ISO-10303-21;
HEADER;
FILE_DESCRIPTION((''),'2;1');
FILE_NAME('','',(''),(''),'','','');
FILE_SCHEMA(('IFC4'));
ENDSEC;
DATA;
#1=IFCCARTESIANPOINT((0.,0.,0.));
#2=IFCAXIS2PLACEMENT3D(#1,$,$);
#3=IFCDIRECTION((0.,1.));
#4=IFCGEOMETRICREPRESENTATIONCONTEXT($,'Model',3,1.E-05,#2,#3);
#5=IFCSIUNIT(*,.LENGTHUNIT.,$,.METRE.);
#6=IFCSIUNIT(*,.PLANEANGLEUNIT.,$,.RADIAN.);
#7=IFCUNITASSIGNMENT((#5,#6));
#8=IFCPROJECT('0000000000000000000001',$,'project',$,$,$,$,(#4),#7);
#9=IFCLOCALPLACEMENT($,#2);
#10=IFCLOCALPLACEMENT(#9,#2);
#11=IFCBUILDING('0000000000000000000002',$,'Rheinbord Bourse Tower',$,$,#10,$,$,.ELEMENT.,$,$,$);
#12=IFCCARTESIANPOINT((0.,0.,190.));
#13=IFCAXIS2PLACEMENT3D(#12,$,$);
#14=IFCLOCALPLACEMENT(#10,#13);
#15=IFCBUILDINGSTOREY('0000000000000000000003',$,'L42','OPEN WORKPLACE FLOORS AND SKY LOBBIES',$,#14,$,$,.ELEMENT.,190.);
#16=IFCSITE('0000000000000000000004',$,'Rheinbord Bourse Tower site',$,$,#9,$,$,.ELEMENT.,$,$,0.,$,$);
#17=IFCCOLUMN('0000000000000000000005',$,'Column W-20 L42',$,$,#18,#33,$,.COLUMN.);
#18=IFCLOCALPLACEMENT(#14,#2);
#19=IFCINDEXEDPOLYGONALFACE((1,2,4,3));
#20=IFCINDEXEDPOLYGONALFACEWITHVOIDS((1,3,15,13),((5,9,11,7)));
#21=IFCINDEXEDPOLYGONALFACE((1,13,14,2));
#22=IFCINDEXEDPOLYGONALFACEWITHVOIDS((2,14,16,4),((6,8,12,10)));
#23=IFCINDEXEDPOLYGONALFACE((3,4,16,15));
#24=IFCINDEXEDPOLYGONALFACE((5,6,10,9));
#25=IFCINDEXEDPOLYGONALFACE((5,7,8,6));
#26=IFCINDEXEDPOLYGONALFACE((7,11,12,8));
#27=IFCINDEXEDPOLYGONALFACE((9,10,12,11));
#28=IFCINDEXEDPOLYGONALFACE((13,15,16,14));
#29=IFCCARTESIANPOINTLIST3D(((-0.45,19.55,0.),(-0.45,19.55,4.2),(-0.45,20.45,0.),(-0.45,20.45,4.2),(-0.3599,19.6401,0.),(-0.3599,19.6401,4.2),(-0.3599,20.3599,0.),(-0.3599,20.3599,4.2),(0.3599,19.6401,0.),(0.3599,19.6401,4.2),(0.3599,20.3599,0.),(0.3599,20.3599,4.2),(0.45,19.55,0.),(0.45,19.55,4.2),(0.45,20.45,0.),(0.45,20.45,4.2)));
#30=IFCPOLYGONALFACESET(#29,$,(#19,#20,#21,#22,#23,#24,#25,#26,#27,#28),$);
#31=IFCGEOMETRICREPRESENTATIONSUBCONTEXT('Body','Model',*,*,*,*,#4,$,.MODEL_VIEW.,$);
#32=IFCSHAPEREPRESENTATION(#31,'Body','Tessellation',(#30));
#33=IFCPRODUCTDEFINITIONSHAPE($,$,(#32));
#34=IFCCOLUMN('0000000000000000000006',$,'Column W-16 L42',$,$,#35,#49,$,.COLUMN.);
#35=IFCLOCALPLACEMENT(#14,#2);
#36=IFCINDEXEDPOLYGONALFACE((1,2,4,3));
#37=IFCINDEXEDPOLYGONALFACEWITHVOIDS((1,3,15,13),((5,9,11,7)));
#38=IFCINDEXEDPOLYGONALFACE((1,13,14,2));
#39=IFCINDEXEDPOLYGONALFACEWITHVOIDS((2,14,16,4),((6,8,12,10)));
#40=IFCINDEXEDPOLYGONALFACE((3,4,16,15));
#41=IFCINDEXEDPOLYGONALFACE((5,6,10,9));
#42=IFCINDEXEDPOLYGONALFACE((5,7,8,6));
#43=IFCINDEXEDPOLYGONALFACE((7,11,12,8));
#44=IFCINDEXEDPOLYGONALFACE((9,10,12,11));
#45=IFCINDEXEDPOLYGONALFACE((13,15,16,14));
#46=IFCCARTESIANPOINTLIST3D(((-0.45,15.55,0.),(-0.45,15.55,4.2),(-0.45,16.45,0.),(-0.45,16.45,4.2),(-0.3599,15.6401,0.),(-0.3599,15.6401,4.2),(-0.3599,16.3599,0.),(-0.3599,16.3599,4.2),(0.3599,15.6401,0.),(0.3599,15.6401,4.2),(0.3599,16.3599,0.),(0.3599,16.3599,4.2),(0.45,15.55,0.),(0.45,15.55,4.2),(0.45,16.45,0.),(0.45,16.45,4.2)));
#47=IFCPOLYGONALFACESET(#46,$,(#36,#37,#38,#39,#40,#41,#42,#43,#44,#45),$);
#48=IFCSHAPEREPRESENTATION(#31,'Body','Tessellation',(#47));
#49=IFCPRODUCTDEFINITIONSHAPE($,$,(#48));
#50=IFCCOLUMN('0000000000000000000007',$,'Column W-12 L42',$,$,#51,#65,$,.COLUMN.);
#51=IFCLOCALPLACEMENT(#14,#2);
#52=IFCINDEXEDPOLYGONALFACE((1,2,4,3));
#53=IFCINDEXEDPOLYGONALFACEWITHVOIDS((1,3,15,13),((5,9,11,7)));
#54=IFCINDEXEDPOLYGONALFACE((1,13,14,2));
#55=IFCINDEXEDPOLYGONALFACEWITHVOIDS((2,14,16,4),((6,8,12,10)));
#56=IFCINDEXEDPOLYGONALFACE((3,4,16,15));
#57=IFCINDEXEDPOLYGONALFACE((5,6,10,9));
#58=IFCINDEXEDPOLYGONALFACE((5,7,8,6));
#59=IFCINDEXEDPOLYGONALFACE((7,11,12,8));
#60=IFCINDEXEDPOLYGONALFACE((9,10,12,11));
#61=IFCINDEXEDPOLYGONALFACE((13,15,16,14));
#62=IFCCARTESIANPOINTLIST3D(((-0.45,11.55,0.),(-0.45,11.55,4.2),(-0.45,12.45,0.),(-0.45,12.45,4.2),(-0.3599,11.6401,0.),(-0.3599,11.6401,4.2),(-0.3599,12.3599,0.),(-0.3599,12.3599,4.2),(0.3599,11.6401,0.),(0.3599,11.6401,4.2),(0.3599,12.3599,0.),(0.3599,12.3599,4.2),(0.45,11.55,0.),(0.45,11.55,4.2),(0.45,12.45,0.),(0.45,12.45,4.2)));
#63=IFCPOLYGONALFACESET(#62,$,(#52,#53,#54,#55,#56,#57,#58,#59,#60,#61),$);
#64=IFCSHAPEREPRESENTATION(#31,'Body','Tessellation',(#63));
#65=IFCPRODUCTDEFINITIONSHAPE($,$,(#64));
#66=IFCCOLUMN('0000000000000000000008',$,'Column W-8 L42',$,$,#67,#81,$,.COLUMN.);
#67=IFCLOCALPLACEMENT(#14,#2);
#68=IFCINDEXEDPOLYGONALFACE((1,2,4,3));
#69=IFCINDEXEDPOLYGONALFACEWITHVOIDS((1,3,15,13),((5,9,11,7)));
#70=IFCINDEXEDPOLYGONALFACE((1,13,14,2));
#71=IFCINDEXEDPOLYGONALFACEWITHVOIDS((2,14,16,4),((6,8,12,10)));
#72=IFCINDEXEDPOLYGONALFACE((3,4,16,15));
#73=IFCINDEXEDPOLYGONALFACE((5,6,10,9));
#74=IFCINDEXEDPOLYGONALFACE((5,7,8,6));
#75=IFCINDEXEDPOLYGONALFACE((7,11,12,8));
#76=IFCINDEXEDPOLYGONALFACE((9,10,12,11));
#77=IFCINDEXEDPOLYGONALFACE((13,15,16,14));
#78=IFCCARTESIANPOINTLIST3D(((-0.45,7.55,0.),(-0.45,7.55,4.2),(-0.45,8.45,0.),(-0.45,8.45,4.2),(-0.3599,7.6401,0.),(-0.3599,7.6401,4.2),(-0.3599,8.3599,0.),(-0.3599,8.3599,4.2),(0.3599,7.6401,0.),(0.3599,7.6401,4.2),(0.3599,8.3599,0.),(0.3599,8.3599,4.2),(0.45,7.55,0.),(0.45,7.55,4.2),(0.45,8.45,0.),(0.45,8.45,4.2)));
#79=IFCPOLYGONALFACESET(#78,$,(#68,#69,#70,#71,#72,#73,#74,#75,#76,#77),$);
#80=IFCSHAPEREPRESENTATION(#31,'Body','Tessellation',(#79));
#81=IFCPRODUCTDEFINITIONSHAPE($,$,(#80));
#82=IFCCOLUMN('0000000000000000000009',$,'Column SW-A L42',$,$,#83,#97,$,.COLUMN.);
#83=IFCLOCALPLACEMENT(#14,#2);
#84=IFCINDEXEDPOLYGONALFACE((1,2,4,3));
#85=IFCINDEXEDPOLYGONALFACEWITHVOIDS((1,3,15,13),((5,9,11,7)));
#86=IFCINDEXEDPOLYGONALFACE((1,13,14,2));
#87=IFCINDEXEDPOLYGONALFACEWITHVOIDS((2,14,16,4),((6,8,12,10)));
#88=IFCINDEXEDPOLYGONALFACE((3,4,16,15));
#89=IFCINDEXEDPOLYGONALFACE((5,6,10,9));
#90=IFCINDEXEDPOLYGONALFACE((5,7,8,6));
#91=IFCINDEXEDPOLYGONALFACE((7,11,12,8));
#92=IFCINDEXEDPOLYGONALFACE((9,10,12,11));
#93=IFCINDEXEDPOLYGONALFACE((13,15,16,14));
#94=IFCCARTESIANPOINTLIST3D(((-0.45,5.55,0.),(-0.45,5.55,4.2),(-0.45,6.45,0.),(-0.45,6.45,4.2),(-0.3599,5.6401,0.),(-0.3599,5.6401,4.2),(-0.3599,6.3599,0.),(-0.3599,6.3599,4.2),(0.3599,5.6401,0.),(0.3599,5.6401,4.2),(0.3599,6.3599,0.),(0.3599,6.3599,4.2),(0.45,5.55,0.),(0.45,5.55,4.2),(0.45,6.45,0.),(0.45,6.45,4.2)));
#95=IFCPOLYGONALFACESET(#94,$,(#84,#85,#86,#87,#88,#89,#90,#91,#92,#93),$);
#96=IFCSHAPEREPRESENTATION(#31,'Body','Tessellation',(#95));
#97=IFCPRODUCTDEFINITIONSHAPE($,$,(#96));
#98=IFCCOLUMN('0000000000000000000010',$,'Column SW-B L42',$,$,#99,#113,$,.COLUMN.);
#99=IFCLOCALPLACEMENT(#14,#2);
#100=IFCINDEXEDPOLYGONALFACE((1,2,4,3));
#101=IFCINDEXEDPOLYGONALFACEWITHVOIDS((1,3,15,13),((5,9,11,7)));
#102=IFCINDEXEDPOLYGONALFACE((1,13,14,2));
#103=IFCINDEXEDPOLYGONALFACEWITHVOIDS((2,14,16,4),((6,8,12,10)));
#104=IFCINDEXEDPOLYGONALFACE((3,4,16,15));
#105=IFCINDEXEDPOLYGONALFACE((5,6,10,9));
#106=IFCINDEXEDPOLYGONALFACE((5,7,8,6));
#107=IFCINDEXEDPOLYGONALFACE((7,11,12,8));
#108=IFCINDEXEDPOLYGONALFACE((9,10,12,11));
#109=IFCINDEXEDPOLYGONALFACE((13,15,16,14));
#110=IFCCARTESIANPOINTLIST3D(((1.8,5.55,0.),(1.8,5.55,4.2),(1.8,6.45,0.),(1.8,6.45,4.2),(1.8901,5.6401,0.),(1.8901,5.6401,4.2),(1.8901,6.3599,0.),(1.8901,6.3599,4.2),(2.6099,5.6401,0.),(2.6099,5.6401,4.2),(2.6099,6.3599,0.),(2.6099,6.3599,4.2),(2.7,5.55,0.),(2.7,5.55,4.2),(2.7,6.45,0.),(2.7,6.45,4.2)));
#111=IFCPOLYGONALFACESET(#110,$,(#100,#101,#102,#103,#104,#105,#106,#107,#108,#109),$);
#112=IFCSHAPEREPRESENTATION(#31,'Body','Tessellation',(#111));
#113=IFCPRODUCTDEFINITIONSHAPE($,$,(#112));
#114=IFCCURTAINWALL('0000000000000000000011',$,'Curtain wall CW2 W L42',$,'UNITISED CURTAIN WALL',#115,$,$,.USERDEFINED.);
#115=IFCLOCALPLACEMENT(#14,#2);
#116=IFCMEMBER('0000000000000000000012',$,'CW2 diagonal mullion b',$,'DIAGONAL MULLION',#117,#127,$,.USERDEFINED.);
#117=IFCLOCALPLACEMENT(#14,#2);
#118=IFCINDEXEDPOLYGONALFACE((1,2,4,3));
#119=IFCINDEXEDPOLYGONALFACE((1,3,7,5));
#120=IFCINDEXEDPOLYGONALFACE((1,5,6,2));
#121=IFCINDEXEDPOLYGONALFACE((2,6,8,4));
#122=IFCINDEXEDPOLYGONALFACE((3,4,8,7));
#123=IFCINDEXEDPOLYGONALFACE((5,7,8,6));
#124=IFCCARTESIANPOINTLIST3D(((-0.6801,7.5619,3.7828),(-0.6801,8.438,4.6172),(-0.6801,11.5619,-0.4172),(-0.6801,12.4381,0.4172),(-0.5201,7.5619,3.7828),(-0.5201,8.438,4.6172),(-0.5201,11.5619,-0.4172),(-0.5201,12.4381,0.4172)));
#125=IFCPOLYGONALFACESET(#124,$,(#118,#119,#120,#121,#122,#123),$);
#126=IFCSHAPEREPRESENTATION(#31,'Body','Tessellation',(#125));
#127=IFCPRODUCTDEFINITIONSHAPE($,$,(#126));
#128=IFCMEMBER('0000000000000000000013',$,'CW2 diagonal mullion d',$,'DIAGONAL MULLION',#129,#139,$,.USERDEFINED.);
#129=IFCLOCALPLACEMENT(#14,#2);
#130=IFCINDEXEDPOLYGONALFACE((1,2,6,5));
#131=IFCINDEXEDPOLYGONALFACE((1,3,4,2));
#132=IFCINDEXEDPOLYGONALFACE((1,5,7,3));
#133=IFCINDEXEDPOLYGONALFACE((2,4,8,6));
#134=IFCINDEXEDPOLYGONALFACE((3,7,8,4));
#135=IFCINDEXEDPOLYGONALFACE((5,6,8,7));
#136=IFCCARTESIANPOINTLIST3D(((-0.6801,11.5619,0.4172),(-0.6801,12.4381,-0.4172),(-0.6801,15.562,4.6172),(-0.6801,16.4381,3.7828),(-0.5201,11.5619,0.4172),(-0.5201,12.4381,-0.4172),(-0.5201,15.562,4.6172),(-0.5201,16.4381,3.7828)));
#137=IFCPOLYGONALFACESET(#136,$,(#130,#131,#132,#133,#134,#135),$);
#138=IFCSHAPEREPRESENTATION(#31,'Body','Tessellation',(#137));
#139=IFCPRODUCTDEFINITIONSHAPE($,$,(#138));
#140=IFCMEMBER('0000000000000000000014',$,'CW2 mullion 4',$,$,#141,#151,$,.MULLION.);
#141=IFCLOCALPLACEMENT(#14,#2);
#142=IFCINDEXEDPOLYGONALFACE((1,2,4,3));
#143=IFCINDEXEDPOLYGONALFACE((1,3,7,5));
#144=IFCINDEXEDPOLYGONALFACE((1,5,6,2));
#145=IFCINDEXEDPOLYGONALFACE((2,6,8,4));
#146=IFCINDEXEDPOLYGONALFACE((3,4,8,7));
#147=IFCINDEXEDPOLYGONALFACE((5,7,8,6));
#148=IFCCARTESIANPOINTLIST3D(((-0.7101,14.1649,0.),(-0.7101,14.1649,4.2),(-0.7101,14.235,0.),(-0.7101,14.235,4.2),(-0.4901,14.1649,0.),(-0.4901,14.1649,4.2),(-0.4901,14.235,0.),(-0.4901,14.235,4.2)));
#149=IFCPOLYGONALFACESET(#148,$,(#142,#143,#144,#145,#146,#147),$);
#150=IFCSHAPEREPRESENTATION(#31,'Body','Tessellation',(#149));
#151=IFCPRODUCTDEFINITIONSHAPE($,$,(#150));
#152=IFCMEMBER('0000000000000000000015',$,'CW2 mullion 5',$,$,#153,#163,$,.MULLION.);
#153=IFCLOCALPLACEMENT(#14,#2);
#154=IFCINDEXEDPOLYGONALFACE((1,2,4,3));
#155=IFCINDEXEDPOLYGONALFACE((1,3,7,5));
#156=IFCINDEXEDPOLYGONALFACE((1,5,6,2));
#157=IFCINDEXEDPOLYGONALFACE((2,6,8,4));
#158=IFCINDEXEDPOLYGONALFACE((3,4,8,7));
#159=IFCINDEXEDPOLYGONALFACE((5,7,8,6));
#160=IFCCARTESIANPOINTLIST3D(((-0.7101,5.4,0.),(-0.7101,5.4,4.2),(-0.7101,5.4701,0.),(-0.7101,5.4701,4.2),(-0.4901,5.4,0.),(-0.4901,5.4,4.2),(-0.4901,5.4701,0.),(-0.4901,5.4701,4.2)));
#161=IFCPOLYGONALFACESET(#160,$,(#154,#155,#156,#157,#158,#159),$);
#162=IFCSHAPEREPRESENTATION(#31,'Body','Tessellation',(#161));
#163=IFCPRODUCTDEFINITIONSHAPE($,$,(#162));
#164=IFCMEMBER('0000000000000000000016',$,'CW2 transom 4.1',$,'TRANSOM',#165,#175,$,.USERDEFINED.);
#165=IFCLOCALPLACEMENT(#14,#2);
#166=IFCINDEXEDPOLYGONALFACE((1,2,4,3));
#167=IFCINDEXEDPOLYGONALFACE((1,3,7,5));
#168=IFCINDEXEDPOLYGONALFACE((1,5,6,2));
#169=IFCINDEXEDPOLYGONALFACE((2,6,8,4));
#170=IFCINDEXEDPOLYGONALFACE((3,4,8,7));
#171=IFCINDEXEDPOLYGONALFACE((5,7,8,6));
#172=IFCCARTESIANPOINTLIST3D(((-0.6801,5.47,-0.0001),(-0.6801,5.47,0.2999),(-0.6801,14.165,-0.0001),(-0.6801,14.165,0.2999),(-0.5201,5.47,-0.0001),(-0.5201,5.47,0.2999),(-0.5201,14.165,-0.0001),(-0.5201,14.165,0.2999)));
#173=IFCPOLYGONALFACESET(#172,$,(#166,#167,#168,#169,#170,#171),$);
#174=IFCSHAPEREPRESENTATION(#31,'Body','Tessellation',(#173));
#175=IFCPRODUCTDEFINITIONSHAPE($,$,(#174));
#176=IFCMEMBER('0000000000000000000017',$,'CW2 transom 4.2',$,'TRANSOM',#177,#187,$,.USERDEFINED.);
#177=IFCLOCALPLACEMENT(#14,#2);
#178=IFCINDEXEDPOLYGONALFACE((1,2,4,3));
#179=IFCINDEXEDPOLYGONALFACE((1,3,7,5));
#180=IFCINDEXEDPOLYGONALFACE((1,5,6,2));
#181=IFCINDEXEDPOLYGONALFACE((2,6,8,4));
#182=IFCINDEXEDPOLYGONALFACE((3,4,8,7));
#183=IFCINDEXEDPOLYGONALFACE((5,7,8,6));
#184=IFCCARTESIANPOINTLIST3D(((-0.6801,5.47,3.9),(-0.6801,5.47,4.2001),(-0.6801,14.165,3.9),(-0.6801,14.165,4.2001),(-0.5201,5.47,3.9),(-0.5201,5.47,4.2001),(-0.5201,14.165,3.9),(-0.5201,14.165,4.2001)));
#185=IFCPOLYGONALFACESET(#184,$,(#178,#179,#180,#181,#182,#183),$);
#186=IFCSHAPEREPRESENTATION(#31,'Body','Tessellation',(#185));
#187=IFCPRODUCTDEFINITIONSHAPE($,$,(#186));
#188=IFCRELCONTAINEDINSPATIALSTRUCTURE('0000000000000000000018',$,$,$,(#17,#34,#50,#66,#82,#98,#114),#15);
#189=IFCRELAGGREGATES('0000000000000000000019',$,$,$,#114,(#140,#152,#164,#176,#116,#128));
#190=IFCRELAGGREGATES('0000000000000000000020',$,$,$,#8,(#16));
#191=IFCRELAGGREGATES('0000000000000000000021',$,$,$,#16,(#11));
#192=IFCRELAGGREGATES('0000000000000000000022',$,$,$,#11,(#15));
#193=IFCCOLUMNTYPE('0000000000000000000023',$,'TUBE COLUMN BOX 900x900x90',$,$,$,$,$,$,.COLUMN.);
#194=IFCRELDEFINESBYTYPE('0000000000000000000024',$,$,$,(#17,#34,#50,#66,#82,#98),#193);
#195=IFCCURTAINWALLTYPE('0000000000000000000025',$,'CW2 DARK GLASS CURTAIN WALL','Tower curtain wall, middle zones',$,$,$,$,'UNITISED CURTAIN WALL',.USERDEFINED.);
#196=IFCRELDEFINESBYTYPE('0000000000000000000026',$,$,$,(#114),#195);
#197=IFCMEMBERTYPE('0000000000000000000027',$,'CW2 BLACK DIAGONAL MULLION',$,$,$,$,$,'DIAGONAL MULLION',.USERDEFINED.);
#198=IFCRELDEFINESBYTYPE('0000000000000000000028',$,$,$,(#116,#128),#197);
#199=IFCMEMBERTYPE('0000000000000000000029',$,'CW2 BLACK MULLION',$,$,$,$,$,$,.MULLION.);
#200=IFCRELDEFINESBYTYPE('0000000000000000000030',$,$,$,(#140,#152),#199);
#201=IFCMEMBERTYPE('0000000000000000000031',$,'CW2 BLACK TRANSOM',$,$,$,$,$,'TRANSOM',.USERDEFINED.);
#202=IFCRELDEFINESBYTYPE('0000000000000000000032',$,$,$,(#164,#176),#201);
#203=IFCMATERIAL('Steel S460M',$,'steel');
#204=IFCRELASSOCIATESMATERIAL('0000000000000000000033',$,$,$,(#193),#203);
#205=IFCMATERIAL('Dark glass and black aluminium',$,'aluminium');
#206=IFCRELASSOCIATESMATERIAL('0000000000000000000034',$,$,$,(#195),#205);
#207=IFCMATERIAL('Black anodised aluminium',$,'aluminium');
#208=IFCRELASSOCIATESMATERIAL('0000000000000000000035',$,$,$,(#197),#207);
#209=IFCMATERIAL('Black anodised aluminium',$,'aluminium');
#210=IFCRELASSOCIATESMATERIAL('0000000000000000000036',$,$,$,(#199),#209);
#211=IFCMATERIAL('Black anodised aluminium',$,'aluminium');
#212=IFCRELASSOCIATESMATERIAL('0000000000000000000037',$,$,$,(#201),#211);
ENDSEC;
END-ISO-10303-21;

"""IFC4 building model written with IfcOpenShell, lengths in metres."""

from ifc_helpers import new_model, si_unit, direction, frame, origin, origin_2d, place, context, subcontext, project, spatial, rectangle, hollow_rectangle, extrude, material, material_profile, profile_set, type_object, element, aggregate, save


model = new_model("IFC4")

# Units and contexts
model_context = context("Model", 3, precision=1e-05, world=origin(), true_north=direction((0.0, 1.0)))
body_context = subcontext(model_context, "Body", "Model", "MODEL_VIEW")
ifc_project = project(units=[si_unit("LENGTHUNIT", "METRE"), si_unit("PLANEANGLEUNIT", "RADIAN")], contexts=[model_context])

# Site, building, storey
site_placement = place(None, origin())
site = spatial("IfcSite", under=ifc_project, at=site_placement, Name="Rheinbord Bourse Tower site", CompositionType="ELEMENT", RefElevation=0.0)
building_placement = place(site_placement, origin())
building = spatial("IfcBuilding", under=site, at=building_placement, Name="Rheinbord Bourse Tower", CompositionType="ELEMENT")
storey_placement = place(building_placement, frame((0.0, 0.0, 190.0)))
storey = spatial("IfcBuildingStorey", under=building, at=storey_placement, Name="L42", Description="OPEN WORKPLACE FLOORS AND SKY LOBBIES", CompositionType="ELEMENT", Elevation=190.0)

# Columns
ifc_material_1 = material(Name="Steel S460M", Category="steel")
ifc_material_profile_1 = material_profile(ifc_material_1, hollow_rectangle(XDim=0.8999, YDim=0.8999, WallThickness=0.0901, at=origin_2d()), Name="BOX 900x900x90")
ifc_profile_set_1 = profile_set([ifc_material_profile_1], Name="Steel S460M")
column_type = type_object("IfcColumnType", Name="TUBE COLUMN BOX 900x900x90", PredefinedType="COLUMN", material=ifc_profile_set_1)
for number, where, z_axis, x_axis, name in (
    (1, (0.0, 20.0, 0.0), (0.0, 0.0, 1.0), (1.0, 0.0, 0.0), "Column W-20 L42"),
    (2, (0.0, 16.0, 0.0), (0.0, 0.0, 1.0), (1.0, 0.0, 0.0), "Column W-16 L42"),
    (3, (0.0, 12.0, 0.0), (0.0, 0.0, 1.0), (1.0, 0.0, 0.0), "Column W-12 L42"),
    (4, (0.0, 8.0, 0.0), (0.0, 0.0, 1.0), (1.0, 0.0, 0.0), "Column W-8 L42"),
    (5, (0.0, 6.0, 0.0), (0.0, 0.0, 1.0), (1.0, 0.0, 0.0), "Column SW-A L42"),
    (6, (2.25, 6.0, 0.0), (0.0, 0.0, 1.0), (1.0, 0.0, 0.0), "Column SW-B L42"),
):
    element("IfcColumn", number, at=place(storey_placement, frame(where, z_axis=z_axis, x_axis=x_axis)), inside=storey, type_object=column_type, Name=name, PredefinedType="COLUMN", context=body_context, shape_type="SweptSolid", body=[
        extrude(hollow_rectangle(XDim=0.8999, YDim=0.8999, WallThickness=0.0901, at=origin_2d()), origin(), (0.0, 0.0, 1.0), 4.2),
    ])

# Curtain wall, members
ifc_material_2 = material(Name="Dark glass and black aluminium", Category="aluminium")
curtain_wall_type = type_object("IfcCurtainWallType", Name="CW2 DARK GLASS CURTAIN WALL", Description="Tower curtain wall, middle zones", ElementType="UNITISED CURTAIN WALL", PredefinedType="USERDEFINED", material=ifc_material_2)
curtain_wall_placement = place(storey_placement, origin())
curtain_wall = element("IfcCurtainWall", 7, at=curtain_wall_placement, inside=storey, type_object=curtain_wall_type, Name="Curtain wall CW2 W L42", ObjectType="UNITISED CURTAIN WALL", PredefinedType="USERDEFINED")
ifc_material_3 = material(Name="Black anodised aluminium", Category="aluminium")
ifc_material_profile_2 = material_profile(ifc_material_3, rectangle(XDim=0.1599, YDim=1.21, at=origin_2d()), Name="CW2 DIAGONAL MULLION 1210x160")
ifc_profile_set_2 = profile_set([ifc_material_profile_2], Name="Black anodised aluminium")
member_type_1 = type_object("IfcMemberType", Name="CW2 BLACK DIAGONAL MULLION", ElementType="DIAGONAL MULLION", PredefinedType="USERDEFINED", material=ifc_profile_set_2)
member_1_placement = place(storey_placement, frame((-0.6001, 12.0, 0.0), z_axis=(0.0, -0.689659, 0.724134), x_axis=(1.0, 0.0, 0.0)))
member_1 = element("IfcMember", 8, at=member_1_placement, type_object=member_type_1, Name="CW2 diagonal mullion b", ObjectType="DIAGONAL MULLION", PredefinedType="USERDEFINED", context=body_context, shape_type="SweptSolid", body=[
    extrude(rectangle(XDim=0.1599, YDim=1.21, at=origin_2d()), origin(), (0.0, 0.0, 1.0), 5.8),
])
member_2_placement = place(storey_placement, frame((-0.6001, 12.0, 0.0), z_axis=(0.0, 0.689659, 0.724134), x_axis=(-1.0, 0.0, 0.0)))
member_2 = element("IfcMember", 9, at=member_2_placement, type_object=member_type_1, Name="CW2 diagonal mullion d", ObjectType="DIAGONAL MULLION", PredefinedType="USERDEFINED", context=body_context, shape_type="SweptSolid", body=[
    extrude(rectangle(XDim=0.1599, YDim=1.21, at=origin_2d()), origin(), (0.0, 0.0, 1.0), 5.8),
])
ifc_material_4 = material(Name="Black anodised aluminium", Category="aluminium")
ifc_material_profile_3 = material_profile(ifc_material_4, rectangle(XDim=0.22, YDim=0.0701, at=origin_2d()), Name="CW2 MULLION 70x220")
ifc_profile_set_3 = profile_set([ifc_material_profile_3], Name="Black anodised aluminium")
member_type_2 = type_object("IfcMemberType", Name="CW2 BLACK MULLION", PredefinedType="MULLION", material=ifc_profile_set_3)
member_3_placement = place(storey_placement, frame((-0.6001, 14.2, 0.0), z_axis=(0.0, 0.0, 1.0), x_axis=(1.0, 0.0, 0.0)))
member_3 = element("IfcMember", 10, at=member_3_placement, type_object=member_type_2, Name="CW2 mullion 4", PredefinedType="MULLION", context=body_context, shape_type="SweptSolid", body=[
    extrude(rectangle(XDim=0.22, YDim=0.0701, at=origin_2d()), origin(), (0.0, 0.0, 1.0), 4.2),
])
member_4_placement = place(storey_placement, frame((-0.6001, 5.4351, 0.0), z_axis=(0.0, 0.0, 1.0), x_axis=(1.0, 0.0, 0.0)))
member_4 = element("IfcMember", 11, at=member_4_placement, type_object=member_type_2, Name="CW2 mullion 5", PredefinedType="MULLION", context=body_context, shape_type="SweptSolid", body=[
    extrude(rectangle(XDim=0.22, YDim=0.0701, at=origin_2d()), origin(), (0.0, 0.0, 1.0), 4.2),
])
ifc_material_5 = material(Name="Black anodised aluminium", Category="aluminium")
ifc_material_profile_4 = material_profile(ifc_material_5, rectangle(XDim=0.1599, YDim=0.3, at=origin_2d()), Name="CW2 TRANSOM 300x160")
ifc_profile_set_4 = profile_set([ifc_material_profile_4], Name="Black anodised aluminium")
member_type_3 = type_object("IfcMemberType", Name="CW2 BLACK TRANSOM", ElementType="TRANSOM", PredefinedType="USERDEFINED", material=ifc_profile_set_4)
member_5_placement = place(storey_placement, frame((-0.6001, 14.165, 0.1499), z_axis=(0.0, -1.0, 0.0), x_axis=(1.0, 0.0, 0.0)))
member_5 = element("IfcMember", 12, at=member_5_placement, type_object=member_type_3, Name="CW2 transom 4.1", ObjectType="TRANSOM", PredefinedType="USERDEFINED", context=body_context, shape_type="SweptSolid", body=[
    extrude(rectangle(XDim=0.1599, YDim=0.3, at=origin_2d()), origin(), (0.0, 0.0, 1.0), 8.6951),
])
member_6_placement = place(storey_placement, frame((-0.6001, 14.165, 4.05), z_axis=(0.0, -1.0, 0.0), x_axis=(1.0, 0.0, 0.0)))
member_6 = element("IfcMember", 13, at=member_6_placement, type_object=member_type_3, Name="CW2 transom 4.2", ObjectType="TRANSOM", PredefinedType="USERDEFINED", context=body_context, shape_type="SweptSolid", body=[
    extrude(rectangle(XDim=0.1599, YDim=0.3, at=origin_2d()), origin(), (0.0, 0.0, 1.0), 8.6951),
])

aggregate(curtain_wall, [member_3, member_4, member_5, member_6, member_1, member_2])

save(model, "model.ifc")
